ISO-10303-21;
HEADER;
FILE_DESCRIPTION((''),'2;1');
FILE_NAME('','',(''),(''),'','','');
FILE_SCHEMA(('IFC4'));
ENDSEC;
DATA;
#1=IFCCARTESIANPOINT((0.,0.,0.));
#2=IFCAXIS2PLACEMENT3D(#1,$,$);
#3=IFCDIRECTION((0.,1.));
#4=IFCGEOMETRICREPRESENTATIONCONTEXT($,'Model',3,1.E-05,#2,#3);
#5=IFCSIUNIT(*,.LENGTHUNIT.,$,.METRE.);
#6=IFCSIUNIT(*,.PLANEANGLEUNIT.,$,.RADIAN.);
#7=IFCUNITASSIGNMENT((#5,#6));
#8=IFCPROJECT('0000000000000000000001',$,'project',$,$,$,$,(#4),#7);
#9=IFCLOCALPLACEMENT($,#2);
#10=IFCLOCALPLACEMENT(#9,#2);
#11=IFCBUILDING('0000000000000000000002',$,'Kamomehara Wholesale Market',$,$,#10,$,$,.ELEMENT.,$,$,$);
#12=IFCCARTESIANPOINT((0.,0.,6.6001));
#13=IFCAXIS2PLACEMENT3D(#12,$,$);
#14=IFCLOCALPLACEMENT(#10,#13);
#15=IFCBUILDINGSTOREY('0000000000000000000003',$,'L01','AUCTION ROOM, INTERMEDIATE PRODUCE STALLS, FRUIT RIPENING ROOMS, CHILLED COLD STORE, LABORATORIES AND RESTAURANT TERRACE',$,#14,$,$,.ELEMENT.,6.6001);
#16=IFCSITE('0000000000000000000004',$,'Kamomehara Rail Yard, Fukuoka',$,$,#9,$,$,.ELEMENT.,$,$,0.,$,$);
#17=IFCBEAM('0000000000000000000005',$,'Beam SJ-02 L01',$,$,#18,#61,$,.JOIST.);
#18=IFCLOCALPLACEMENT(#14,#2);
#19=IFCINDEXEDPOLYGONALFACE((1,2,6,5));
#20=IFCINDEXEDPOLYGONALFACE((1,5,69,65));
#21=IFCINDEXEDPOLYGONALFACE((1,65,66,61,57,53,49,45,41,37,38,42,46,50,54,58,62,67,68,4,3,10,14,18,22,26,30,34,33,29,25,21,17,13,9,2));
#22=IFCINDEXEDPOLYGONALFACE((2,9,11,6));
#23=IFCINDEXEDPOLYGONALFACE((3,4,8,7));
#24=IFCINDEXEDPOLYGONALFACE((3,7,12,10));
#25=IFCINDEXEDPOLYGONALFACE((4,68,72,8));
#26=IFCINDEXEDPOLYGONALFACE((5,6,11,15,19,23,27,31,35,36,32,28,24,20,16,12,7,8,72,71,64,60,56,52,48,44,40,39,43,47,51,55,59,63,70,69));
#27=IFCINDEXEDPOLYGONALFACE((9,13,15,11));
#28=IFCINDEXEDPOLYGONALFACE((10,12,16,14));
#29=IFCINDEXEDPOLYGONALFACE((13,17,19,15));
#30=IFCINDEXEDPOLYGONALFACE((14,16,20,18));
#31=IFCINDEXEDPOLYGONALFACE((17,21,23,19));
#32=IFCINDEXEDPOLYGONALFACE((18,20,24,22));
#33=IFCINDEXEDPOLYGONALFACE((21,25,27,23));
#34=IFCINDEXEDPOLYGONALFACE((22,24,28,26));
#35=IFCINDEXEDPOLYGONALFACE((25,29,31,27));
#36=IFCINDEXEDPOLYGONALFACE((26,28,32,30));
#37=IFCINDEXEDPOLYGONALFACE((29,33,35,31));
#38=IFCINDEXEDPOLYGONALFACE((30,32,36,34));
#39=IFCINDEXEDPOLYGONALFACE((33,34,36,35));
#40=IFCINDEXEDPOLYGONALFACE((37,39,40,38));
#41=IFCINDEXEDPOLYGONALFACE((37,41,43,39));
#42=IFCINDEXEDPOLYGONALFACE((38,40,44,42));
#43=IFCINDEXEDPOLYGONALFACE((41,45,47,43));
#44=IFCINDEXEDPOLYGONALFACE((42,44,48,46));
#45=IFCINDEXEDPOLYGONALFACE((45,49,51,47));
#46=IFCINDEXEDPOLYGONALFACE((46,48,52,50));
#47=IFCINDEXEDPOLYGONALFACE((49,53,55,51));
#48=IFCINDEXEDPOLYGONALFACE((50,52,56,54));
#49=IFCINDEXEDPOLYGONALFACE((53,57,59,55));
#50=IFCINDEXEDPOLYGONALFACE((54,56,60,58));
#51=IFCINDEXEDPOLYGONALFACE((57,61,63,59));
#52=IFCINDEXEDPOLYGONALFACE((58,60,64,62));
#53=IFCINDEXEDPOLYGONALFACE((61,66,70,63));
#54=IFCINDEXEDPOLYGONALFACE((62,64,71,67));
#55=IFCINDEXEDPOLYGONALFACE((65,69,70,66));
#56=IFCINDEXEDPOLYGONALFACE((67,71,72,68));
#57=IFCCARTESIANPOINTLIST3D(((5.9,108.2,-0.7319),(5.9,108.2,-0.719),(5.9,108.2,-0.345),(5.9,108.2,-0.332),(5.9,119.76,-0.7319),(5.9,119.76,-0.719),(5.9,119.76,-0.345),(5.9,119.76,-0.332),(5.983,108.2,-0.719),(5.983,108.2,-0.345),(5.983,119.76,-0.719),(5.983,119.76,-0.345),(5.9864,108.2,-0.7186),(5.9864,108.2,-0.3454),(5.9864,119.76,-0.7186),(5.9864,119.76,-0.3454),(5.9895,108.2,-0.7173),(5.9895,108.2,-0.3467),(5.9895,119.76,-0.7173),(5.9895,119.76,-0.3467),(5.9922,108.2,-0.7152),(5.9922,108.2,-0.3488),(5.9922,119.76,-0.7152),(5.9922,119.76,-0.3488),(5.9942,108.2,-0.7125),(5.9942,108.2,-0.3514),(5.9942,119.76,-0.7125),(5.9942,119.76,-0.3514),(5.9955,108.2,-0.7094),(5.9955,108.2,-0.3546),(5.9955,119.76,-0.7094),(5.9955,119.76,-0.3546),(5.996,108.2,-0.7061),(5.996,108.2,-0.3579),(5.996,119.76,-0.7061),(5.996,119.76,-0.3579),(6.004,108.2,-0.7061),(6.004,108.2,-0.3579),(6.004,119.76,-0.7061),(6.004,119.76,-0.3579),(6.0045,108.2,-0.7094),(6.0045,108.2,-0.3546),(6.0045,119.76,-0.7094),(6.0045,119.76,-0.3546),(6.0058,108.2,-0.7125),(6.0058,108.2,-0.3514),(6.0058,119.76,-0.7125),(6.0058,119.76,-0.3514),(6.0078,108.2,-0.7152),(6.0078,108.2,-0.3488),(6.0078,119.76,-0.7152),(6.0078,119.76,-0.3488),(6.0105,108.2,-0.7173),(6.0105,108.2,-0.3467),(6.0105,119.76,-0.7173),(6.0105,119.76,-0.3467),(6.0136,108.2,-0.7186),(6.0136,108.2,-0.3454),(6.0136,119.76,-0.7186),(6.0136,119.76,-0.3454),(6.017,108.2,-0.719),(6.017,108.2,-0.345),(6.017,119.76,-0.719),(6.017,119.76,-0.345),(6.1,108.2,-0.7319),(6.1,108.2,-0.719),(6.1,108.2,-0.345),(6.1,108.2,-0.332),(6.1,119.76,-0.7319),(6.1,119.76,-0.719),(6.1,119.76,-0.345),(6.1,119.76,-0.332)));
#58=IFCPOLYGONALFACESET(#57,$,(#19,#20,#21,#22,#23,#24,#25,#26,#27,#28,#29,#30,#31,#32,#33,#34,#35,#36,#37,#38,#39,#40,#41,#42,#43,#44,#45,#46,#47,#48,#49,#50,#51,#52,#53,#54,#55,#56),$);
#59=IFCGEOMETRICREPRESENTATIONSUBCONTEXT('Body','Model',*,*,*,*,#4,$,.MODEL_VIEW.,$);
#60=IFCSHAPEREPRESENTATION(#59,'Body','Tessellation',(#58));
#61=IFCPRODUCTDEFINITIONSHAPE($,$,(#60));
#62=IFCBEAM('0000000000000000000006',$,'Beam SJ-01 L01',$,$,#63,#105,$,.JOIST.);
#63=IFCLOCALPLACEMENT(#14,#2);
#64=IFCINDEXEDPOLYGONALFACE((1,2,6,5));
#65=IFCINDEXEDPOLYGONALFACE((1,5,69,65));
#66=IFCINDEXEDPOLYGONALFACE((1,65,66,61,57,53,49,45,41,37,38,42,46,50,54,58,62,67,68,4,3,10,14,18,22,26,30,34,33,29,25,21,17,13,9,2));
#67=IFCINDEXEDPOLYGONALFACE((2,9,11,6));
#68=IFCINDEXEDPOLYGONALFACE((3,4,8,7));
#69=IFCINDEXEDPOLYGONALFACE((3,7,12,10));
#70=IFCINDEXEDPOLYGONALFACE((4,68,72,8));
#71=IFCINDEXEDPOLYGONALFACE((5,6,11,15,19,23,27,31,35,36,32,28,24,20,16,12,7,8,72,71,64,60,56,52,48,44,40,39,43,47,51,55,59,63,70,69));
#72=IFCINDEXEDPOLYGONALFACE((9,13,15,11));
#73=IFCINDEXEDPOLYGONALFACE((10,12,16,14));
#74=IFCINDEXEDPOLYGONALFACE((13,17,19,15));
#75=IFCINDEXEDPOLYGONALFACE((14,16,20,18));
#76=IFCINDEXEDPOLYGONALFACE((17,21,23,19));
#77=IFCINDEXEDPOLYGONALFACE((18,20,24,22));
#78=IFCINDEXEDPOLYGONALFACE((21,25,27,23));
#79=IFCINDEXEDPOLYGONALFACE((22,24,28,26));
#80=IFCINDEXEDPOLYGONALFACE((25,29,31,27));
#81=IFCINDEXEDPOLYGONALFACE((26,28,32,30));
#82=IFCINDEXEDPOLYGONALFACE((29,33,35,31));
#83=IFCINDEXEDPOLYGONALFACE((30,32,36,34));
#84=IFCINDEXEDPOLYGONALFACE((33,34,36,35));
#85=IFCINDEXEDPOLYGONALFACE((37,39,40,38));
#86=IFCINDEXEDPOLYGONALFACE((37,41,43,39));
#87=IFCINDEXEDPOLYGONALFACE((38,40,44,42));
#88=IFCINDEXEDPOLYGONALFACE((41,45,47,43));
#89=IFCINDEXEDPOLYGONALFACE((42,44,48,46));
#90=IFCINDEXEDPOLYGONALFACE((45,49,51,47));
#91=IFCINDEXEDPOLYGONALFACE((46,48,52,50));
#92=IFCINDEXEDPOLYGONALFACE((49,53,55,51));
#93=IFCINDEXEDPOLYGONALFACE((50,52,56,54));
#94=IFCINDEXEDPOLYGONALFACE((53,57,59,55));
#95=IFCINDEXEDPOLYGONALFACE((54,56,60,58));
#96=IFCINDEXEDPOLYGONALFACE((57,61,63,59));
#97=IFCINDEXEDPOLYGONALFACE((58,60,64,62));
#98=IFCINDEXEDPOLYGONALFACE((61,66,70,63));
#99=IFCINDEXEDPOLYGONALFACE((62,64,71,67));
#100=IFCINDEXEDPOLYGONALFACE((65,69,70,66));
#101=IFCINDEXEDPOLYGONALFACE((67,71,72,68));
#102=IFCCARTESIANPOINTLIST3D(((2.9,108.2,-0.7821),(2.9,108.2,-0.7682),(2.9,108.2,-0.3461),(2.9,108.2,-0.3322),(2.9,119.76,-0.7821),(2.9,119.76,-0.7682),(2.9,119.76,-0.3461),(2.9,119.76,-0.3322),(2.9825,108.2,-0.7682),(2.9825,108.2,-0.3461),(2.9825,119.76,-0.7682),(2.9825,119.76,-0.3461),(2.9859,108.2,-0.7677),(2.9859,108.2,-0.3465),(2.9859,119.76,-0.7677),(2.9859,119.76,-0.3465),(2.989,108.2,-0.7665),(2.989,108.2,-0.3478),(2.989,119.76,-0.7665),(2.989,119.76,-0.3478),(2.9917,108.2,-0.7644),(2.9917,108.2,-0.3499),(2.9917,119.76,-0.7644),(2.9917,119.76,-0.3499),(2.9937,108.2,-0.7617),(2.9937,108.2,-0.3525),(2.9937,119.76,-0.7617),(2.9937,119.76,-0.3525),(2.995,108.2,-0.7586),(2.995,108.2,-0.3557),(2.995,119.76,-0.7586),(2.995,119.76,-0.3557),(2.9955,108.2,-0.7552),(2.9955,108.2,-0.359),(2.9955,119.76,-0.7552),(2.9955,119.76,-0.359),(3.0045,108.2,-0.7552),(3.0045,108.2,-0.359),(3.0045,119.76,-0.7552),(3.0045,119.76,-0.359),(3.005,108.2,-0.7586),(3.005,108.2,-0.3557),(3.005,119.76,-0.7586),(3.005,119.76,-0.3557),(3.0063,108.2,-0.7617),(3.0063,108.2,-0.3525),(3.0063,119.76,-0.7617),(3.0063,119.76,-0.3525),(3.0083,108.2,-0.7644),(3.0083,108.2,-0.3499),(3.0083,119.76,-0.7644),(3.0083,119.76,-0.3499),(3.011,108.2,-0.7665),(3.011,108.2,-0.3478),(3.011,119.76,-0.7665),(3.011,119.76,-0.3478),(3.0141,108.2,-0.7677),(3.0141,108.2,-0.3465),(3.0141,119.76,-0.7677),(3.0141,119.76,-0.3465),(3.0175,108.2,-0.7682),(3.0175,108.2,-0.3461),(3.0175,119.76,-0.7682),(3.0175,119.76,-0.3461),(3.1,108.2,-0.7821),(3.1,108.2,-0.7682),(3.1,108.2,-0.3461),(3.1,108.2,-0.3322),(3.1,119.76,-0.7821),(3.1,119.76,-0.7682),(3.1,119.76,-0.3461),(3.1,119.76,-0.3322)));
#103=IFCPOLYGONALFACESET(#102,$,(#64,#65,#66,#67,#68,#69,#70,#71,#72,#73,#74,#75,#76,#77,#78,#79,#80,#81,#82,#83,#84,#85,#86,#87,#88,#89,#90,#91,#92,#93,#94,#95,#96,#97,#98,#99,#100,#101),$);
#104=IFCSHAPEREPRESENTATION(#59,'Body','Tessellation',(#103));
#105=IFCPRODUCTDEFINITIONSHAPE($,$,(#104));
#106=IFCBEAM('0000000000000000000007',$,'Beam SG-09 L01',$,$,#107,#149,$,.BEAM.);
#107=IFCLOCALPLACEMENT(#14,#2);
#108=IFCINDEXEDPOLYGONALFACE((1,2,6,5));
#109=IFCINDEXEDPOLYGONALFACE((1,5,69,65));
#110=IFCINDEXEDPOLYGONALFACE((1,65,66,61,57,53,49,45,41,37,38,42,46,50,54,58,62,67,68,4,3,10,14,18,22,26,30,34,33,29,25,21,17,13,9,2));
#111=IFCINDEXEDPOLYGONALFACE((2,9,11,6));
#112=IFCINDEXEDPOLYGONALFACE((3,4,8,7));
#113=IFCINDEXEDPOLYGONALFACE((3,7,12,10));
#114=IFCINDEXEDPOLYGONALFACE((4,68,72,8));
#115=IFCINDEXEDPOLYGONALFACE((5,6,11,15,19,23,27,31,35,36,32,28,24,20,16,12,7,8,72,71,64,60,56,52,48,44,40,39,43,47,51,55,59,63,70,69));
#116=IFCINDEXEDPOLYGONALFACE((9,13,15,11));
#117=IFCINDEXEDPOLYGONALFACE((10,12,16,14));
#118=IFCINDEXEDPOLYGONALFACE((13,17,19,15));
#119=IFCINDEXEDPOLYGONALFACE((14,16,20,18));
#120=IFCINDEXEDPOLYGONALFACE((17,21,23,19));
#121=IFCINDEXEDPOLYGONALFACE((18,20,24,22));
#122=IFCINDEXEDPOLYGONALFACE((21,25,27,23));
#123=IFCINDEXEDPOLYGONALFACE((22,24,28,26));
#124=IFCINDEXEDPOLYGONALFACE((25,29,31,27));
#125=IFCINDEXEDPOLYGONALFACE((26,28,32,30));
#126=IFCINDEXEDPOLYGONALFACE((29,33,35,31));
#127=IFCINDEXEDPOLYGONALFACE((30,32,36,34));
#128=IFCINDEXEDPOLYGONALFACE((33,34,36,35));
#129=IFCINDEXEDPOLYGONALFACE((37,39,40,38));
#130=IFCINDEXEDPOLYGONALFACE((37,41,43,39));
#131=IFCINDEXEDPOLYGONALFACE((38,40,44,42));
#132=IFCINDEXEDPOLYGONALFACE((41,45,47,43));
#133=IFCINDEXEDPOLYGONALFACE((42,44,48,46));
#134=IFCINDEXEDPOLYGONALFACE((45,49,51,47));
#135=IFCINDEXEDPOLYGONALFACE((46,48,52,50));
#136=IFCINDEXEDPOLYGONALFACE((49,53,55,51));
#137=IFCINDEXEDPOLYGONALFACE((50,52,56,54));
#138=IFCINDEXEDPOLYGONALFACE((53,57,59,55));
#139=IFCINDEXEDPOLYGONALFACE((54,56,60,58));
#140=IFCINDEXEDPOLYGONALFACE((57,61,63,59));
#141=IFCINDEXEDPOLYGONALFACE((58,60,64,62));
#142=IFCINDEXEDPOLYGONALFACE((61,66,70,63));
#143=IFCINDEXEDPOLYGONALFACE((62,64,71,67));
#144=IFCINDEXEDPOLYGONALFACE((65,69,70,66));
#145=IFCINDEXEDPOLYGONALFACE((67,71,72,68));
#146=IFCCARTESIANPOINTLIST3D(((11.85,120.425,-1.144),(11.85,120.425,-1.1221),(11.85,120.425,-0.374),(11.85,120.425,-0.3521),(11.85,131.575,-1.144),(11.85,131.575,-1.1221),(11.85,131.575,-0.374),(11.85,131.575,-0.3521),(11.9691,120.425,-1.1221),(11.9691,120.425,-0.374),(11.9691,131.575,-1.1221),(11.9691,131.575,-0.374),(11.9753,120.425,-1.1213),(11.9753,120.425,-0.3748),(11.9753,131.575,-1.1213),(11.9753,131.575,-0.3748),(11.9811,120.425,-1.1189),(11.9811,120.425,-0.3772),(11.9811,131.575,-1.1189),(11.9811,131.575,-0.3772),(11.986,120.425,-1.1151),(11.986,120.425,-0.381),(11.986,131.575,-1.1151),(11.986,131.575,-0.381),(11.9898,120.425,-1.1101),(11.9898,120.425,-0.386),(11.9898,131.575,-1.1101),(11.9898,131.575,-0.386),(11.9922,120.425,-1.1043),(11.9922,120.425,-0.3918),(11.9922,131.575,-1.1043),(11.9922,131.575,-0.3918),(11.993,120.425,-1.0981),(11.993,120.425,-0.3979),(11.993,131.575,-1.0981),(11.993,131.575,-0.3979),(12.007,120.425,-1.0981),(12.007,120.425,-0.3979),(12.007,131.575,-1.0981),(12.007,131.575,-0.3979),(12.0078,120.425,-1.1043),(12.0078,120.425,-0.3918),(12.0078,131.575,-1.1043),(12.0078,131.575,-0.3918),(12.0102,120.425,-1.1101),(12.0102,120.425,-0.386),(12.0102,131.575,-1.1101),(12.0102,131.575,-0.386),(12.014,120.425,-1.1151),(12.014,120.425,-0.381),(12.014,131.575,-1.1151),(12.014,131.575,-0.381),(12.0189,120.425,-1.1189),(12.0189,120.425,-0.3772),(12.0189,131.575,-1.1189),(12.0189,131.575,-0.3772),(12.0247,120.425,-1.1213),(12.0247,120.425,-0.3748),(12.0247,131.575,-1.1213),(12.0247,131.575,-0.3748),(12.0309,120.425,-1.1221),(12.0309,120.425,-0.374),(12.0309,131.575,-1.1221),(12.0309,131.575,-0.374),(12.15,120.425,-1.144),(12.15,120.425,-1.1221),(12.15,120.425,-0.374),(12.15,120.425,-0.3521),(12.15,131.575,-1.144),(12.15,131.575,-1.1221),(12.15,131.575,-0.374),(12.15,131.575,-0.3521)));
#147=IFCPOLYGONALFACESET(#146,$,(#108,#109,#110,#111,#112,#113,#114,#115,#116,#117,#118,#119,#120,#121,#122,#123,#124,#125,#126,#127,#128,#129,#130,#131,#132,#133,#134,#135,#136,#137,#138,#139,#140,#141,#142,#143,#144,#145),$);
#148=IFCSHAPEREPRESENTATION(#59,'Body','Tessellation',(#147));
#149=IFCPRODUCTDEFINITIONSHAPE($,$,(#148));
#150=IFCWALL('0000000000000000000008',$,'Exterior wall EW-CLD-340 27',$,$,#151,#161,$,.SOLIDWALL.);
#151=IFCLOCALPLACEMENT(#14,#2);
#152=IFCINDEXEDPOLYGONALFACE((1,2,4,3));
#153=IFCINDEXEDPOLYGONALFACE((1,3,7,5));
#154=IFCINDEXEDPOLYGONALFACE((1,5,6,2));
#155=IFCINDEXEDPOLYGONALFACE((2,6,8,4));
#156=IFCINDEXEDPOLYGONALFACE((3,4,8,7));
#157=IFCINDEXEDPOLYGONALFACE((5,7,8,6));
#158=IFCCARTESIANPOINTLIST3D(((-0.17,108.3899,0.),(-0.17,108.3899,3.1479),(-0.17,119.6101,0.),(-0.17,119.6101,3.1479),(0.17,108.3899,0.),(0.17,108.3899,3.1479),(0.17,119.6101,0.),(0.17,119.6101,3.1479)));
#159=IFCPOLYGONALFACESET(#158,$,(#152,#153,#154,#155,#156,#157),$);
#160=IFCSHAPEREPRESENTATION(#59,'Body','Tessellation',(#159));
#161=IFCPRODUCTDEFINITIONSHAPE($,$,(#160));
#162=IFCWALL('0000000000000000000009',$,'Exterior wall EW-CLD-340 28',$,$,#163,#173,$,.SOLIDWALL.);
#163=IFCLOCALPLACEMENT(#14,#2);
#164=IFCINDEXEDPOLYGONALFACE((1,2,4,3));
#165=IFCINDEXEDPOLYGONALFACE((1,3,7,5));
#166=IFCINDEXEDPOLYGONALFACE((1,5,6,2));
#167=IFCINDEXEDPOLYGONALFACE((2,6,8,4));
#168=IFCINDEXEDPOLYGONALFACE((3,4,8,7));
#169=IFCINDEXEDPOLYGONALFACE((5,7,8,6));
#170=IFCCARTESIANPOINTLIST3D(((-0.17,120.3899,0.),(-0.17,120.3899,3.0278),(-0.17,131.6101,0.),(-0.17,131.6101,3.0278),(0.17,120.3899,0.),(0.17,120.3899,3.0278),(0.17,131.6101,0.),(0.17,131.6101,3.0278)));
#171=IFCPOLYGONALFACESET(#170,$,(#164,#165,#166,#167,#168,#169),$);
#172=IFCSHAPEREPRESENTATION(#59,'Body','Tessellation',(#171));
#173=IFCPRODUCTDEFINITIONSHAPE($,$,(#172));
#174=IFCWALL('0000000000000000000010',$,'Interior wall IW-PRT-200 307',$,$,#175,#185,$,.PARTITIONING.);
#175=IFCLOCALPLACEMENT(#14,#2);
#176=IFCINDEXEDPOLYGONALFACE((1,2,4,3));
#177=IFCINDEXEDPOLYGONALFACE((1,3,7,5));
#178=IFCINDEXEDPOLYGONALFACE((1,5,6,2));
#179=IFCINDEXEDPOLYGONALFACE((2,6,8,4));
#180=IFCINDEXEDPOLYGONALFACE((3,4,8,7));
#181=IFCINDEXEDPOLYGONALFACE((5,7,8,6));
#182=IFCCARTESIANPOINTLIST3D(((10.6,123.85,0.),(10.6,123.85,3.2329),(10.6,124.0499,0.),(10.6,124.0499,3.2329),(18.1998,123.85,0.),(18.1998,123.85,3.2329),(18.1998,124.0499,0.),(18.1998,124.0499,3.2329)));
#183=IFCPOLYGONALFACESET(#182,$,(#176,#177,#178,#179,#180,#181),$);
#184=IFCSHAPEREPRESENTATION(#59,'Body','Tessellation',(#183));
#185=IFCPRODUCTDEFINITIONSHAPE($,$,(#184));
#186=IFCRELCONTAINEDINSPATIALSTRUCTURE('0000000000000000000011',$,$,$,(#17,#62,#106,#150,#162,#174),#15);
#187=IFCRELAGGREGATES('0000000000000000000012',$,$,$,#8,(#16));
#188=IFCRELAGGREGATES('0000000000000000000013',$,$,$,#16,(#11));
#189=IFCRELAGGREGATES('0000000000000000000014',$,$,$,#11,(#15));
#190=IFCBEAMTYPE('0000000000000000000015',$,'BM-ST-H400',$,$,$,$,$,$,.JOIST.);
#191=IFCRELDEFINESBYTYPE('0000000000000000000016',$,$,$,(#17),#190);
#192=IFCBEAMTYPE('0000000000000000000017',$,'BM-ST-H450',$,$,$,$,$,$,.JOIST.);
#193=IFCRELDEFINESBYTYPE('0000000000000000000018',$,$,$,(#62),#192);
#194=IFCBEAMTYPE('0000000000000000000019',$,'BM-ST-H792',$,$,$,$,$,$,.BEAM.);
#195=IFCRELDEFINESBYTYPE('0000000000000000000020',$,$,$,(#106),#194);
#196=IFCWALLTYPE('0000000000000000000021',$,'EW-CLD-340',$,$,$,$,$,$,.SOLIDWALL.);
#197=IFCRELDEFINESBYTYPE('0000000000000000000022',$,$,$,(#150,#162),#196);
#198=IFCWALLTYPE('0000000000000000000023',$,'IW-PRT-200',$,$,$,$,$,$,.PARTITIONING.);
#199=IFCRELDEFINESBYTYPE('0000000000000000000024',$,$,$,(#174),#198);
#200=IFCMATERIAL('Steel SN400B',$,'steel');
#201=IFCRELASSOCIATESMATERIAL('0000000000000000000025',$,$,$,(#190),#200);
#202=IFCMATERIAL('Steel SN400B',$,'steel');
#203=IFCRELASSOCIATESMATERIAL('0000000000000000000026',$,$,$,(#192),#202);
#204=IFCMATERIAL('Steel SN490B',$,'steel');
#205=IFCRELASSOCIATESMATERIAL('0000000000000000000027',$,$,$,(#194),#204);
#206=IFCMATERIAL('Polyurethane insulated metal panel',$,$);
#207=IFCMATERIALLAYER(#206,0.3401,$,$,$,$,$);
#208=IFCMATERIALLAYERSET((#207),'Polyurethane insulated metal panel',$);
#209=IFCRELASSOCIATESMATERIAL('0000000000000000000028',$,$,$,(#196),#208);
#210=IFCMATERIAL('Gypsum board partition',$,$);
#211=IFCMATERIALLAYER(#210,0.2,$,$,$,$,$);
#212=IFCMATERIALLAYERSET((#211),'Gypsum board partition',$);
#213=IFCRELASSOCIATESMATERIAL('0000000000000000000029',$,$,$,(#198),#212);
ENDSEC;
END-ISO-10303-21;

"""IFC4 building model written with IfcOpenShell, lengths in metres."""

from ifc_helpers import new_model, si_unit, direction, frame, frame_2d, origin, origin_2d, place, context, subcontext, project, spatial, rectangle, i_section, extrude, material, layer, layer_set, material_profile, profile_set, type_object, element, save


model = new_model("IFC4")

# Units and contexts
model_context = context("Model", 3, precision=1e-05, world=origin(), true_north=direction((0.0, 1.0)))
body_context = subcontext(model_context, "Body", "Model", "MODEL_VIEW")
ifc_project = project(units=[si_unit("LENGTHUNIT", "METRE"), si_unit("PLANEANGLEUNIT", "RADIAN")], contexts=[model_context])

# Site, building, storey
site_placement = place(None, origin())
site = spatial("IfcSite", under=ifc_project, at=site_placement, Name="Kamomehara Rail Yard, Fukuoka", CompositionType="ELEMENT", RefElevation=0.0)
building_placement = place(site_placement, origin())
building = spatial("IfcBuilding", under=site, at=building_placement, Name="Kamomehara Wholesale Market", CompositionType="ELEMENT")
storey_placement = place(building_placement, frame((0.0, 0.0, 6.6001)))
storey = spatial("IfcBuildingStorey", under=building, at=storey_placement, Name="L01", Description="AUCTION ROOM, INTERMEDIATE PRODUCE STALLS, FRUIT RIPENING ROOMS, CHILLED COLD STORE, LABORATORIES AND RESTAURANT TERRACE", CompositionType="ELEMENT", Elevation=6.6001)

# Beams
ifc_material_1 = material(Name="Steel SN400B", Category="steel")
ifc_material_profile_1 = material_profile(ifc_material_1, i_section(OverallWidth=0.2, OverallDepth=0.3999, WebThickness=0.0081, FlangeThickness=0.0129, FilletRadius=0.0129, at=origin_2d()), Name="H-400x200x8x13")
ifc_profile_set_1 = profile_set([ifc_material_profile_1], Name="Steel SN400B")
beam_type_1 = type_object("IfcBeamType", Name="BM-ST-H400", PredefinedType="JOIST", material=ifc_profile_set_1)
beam_1_placement = place(storey_placement, frame((6.0, 108.2, -0.532), z_axis=(0.0, 1.0, 0.0), x_axis=(-1.0, 0.0, 0.0)))
element("IfcBeam", 1, at=beam_1_placement, inside=storey, type_object=beam_type_1, Name="Beam SJ-02 L01", PredefinedType="JOIST", context=body_context, shape_type="SweptSolid", body=[
    extrude(i_section(OverallWidth=0.2, OverallDepth=0.3999, WebThickness=0.0081, FlangeThickness=0.0129, FilletRadius=0.0129, at=origin_2d()), origin(), (0.0, 0.0, 1.0), 11.5601),
])
ifc_material_2 = material(Name="Steel SN400B", Category="steel")
ifc_material_profile_2 = material_profile(ifc_material_2, i_section(OverallWidth=0.2, OverallDepth=0.45, WebThickness=0.009, FlangeThickness=0.0139, FilletRadius=0.0129, at=origin_2d()), Name="H-450x200x9x14")
ifc_profile_set_2 = profile_set([ifc_material_profile_2], Name="Steel SN400B")
beam_type_2 = type_object("IfcBeamType", Name="BM-ST-H450", PredefinedType="JOIST", material=ifc_profile_set_2)
beam_2_placement = place(storey_placement, frame((3.0, 108.2, -0.5571), z_axis=(0.0, 1.0, 0.0), x_axis=(-1.0, 0.0, 0.0)))
element("IfcBeam", 2, at=beam_2_placement, inside=storey, type_object=beam_type_2, Name="Beam SJ-01 L01", PredefinedType="JOIST", context=body_context, shape_type="SweptSolid", body=[
    extrude(i_section(OverallWidth=0.2, OverallDepth=0.45, WebThickness=0.009, FlangeThickness=0.0139, FilletRadius=0.0129, at=origin_2d()), origin(), (0.0, 0.0, 1.0), 11.5601),
])
ifc_material_3 = material(Name="Steel SN490B", Category="steel")
ifc_material_profile_3 = material_profile(ifc_material_3, i_section(OverallWidth=0.3, OverallDepth=0.792, WebThickness=0.0139, FlangeThickness=0.022, FilletRadius=0.0239, at=origin_2d()), Name="H-792x300x14x22")
ifc_profile_set_3 = profile_set([ifc_material_profile_3], Name="Steel SN490B")
beam_type_3 = type_object("IfcBeamType", Name="BM-ST-H792", PredefinedType="BEAM", material=ifc_profile_set_3)
beam_3_placement = place(storey_placement, frame((12.0, 120.425, -0.748), z_axis=(0.0, 1.0, 0.0), x_axis=(-1.0, 0.0, 0.0)))
element("IfcBeam", 3, at=beam_3_placement, inside=storey, type_object=beam_type_3, Name="Beam SG-09 L01", PredefinedType="BEAM", context=body_context, shape_type="SweptSolid", body=[
    extrude(i_section(OverallWidth=0.3, OverallDepth=0.792, WebThickness=0.0139, FlangeThickness=0.022, FilletRadius=0.0239, at=origin_2d()), origin(), (0.0, 0.0, 1.0), 11.1499),
])

# Walls
ifc_material_4 = material(Name="Polyurethane insulated metal panel")
ifc_layer_1 = layer(ifc_material_4, 0.3401)
ifc_layer_set_1 = layer_set([ifc_layer_1], Name="Polyurethane insulated metal panel")
wall_type_1 = type_object("IfcWallType", Name="EW-CLD-340", PredefinedType="SOLIDWALL", material=ifc_layer_set_1)
wall_1_placement = place(storey_placement, frame((0.0, 108.3899, 0.0), z_axis=(0.0, 0.0, 1.0), x_axis=(0.0, 1.0, 0.0)))
element("IfcWall", 4, at=wall_1_placement, inside=storey, type_object=wall_type_1, Name="Exterior wall EW-CLD-340 27", PredefinedType="SOLIDWALL", context=body_context, shape_type="SweptSolid", body=[
    extrude(rectangle(XDim=11.2202, YDim=0.3401, at=frame_2d((5.6101, 0.0))), origin(), (0.0, 0.0, 1.0), 3.1479),
])
wall_2_placement = place(storey_placement, frame((0.0, 120.3899, 0.0), z_axis=(0.0, 0.0, 1.0), x_axis=(0.0, 1.0, 0.0)))
element("IfcWall", 5, at=wall_2_placement, inside=storey, type_object=wall_type_1, Name="Exterior wall EW-CLD-340 28", PredefinedType="SOLIDWALL", context=body_context, shape_type="SweptSolid", body=[
    extrude(rectangle(XDim=11.2202, YDim=0.3401, at=frame_2d((5.6101, 0.0))), origin(), (0.0, 0.0, 1.0), 3.0278),
])
ifc_material_5 = material(Name="Gypsum board partition")
ifc_layer_2 = layer(ifc_material_5, 0.2)
ifc_layer_set_2 = layer_set([ifc_layer_2], Name="Gypsum board partition")
wall_type_2 = type_object("IfcWallType", Name="IW-PRT-200", PredefinedType="PARTITIONING", material=ifc_layer_set_2)
wall_3_placement = place(storey_placement, frame((10.6001, 123.95, 0.0), z_axis=(0.0, 0.0, 1.0), x_axis=(1.0, 0.0, 0.0)))
element("IfcWall", 6, at=wall_3_placement, inside=storey, type_object=wall_type_2, Name="Interior wall IW-PRT-200 307", PredefinedType="PARTITIONING", context=body_context, shape_type="SweptSolid", body=[
    extrude(rectangle(XDim=7.5999, YDim=0.2, at=frame_2d((3.7998, 0.0))), origin(), (0.0, 0.0, 1.0), 3.2329),
])

save(model, "model.ifc")
